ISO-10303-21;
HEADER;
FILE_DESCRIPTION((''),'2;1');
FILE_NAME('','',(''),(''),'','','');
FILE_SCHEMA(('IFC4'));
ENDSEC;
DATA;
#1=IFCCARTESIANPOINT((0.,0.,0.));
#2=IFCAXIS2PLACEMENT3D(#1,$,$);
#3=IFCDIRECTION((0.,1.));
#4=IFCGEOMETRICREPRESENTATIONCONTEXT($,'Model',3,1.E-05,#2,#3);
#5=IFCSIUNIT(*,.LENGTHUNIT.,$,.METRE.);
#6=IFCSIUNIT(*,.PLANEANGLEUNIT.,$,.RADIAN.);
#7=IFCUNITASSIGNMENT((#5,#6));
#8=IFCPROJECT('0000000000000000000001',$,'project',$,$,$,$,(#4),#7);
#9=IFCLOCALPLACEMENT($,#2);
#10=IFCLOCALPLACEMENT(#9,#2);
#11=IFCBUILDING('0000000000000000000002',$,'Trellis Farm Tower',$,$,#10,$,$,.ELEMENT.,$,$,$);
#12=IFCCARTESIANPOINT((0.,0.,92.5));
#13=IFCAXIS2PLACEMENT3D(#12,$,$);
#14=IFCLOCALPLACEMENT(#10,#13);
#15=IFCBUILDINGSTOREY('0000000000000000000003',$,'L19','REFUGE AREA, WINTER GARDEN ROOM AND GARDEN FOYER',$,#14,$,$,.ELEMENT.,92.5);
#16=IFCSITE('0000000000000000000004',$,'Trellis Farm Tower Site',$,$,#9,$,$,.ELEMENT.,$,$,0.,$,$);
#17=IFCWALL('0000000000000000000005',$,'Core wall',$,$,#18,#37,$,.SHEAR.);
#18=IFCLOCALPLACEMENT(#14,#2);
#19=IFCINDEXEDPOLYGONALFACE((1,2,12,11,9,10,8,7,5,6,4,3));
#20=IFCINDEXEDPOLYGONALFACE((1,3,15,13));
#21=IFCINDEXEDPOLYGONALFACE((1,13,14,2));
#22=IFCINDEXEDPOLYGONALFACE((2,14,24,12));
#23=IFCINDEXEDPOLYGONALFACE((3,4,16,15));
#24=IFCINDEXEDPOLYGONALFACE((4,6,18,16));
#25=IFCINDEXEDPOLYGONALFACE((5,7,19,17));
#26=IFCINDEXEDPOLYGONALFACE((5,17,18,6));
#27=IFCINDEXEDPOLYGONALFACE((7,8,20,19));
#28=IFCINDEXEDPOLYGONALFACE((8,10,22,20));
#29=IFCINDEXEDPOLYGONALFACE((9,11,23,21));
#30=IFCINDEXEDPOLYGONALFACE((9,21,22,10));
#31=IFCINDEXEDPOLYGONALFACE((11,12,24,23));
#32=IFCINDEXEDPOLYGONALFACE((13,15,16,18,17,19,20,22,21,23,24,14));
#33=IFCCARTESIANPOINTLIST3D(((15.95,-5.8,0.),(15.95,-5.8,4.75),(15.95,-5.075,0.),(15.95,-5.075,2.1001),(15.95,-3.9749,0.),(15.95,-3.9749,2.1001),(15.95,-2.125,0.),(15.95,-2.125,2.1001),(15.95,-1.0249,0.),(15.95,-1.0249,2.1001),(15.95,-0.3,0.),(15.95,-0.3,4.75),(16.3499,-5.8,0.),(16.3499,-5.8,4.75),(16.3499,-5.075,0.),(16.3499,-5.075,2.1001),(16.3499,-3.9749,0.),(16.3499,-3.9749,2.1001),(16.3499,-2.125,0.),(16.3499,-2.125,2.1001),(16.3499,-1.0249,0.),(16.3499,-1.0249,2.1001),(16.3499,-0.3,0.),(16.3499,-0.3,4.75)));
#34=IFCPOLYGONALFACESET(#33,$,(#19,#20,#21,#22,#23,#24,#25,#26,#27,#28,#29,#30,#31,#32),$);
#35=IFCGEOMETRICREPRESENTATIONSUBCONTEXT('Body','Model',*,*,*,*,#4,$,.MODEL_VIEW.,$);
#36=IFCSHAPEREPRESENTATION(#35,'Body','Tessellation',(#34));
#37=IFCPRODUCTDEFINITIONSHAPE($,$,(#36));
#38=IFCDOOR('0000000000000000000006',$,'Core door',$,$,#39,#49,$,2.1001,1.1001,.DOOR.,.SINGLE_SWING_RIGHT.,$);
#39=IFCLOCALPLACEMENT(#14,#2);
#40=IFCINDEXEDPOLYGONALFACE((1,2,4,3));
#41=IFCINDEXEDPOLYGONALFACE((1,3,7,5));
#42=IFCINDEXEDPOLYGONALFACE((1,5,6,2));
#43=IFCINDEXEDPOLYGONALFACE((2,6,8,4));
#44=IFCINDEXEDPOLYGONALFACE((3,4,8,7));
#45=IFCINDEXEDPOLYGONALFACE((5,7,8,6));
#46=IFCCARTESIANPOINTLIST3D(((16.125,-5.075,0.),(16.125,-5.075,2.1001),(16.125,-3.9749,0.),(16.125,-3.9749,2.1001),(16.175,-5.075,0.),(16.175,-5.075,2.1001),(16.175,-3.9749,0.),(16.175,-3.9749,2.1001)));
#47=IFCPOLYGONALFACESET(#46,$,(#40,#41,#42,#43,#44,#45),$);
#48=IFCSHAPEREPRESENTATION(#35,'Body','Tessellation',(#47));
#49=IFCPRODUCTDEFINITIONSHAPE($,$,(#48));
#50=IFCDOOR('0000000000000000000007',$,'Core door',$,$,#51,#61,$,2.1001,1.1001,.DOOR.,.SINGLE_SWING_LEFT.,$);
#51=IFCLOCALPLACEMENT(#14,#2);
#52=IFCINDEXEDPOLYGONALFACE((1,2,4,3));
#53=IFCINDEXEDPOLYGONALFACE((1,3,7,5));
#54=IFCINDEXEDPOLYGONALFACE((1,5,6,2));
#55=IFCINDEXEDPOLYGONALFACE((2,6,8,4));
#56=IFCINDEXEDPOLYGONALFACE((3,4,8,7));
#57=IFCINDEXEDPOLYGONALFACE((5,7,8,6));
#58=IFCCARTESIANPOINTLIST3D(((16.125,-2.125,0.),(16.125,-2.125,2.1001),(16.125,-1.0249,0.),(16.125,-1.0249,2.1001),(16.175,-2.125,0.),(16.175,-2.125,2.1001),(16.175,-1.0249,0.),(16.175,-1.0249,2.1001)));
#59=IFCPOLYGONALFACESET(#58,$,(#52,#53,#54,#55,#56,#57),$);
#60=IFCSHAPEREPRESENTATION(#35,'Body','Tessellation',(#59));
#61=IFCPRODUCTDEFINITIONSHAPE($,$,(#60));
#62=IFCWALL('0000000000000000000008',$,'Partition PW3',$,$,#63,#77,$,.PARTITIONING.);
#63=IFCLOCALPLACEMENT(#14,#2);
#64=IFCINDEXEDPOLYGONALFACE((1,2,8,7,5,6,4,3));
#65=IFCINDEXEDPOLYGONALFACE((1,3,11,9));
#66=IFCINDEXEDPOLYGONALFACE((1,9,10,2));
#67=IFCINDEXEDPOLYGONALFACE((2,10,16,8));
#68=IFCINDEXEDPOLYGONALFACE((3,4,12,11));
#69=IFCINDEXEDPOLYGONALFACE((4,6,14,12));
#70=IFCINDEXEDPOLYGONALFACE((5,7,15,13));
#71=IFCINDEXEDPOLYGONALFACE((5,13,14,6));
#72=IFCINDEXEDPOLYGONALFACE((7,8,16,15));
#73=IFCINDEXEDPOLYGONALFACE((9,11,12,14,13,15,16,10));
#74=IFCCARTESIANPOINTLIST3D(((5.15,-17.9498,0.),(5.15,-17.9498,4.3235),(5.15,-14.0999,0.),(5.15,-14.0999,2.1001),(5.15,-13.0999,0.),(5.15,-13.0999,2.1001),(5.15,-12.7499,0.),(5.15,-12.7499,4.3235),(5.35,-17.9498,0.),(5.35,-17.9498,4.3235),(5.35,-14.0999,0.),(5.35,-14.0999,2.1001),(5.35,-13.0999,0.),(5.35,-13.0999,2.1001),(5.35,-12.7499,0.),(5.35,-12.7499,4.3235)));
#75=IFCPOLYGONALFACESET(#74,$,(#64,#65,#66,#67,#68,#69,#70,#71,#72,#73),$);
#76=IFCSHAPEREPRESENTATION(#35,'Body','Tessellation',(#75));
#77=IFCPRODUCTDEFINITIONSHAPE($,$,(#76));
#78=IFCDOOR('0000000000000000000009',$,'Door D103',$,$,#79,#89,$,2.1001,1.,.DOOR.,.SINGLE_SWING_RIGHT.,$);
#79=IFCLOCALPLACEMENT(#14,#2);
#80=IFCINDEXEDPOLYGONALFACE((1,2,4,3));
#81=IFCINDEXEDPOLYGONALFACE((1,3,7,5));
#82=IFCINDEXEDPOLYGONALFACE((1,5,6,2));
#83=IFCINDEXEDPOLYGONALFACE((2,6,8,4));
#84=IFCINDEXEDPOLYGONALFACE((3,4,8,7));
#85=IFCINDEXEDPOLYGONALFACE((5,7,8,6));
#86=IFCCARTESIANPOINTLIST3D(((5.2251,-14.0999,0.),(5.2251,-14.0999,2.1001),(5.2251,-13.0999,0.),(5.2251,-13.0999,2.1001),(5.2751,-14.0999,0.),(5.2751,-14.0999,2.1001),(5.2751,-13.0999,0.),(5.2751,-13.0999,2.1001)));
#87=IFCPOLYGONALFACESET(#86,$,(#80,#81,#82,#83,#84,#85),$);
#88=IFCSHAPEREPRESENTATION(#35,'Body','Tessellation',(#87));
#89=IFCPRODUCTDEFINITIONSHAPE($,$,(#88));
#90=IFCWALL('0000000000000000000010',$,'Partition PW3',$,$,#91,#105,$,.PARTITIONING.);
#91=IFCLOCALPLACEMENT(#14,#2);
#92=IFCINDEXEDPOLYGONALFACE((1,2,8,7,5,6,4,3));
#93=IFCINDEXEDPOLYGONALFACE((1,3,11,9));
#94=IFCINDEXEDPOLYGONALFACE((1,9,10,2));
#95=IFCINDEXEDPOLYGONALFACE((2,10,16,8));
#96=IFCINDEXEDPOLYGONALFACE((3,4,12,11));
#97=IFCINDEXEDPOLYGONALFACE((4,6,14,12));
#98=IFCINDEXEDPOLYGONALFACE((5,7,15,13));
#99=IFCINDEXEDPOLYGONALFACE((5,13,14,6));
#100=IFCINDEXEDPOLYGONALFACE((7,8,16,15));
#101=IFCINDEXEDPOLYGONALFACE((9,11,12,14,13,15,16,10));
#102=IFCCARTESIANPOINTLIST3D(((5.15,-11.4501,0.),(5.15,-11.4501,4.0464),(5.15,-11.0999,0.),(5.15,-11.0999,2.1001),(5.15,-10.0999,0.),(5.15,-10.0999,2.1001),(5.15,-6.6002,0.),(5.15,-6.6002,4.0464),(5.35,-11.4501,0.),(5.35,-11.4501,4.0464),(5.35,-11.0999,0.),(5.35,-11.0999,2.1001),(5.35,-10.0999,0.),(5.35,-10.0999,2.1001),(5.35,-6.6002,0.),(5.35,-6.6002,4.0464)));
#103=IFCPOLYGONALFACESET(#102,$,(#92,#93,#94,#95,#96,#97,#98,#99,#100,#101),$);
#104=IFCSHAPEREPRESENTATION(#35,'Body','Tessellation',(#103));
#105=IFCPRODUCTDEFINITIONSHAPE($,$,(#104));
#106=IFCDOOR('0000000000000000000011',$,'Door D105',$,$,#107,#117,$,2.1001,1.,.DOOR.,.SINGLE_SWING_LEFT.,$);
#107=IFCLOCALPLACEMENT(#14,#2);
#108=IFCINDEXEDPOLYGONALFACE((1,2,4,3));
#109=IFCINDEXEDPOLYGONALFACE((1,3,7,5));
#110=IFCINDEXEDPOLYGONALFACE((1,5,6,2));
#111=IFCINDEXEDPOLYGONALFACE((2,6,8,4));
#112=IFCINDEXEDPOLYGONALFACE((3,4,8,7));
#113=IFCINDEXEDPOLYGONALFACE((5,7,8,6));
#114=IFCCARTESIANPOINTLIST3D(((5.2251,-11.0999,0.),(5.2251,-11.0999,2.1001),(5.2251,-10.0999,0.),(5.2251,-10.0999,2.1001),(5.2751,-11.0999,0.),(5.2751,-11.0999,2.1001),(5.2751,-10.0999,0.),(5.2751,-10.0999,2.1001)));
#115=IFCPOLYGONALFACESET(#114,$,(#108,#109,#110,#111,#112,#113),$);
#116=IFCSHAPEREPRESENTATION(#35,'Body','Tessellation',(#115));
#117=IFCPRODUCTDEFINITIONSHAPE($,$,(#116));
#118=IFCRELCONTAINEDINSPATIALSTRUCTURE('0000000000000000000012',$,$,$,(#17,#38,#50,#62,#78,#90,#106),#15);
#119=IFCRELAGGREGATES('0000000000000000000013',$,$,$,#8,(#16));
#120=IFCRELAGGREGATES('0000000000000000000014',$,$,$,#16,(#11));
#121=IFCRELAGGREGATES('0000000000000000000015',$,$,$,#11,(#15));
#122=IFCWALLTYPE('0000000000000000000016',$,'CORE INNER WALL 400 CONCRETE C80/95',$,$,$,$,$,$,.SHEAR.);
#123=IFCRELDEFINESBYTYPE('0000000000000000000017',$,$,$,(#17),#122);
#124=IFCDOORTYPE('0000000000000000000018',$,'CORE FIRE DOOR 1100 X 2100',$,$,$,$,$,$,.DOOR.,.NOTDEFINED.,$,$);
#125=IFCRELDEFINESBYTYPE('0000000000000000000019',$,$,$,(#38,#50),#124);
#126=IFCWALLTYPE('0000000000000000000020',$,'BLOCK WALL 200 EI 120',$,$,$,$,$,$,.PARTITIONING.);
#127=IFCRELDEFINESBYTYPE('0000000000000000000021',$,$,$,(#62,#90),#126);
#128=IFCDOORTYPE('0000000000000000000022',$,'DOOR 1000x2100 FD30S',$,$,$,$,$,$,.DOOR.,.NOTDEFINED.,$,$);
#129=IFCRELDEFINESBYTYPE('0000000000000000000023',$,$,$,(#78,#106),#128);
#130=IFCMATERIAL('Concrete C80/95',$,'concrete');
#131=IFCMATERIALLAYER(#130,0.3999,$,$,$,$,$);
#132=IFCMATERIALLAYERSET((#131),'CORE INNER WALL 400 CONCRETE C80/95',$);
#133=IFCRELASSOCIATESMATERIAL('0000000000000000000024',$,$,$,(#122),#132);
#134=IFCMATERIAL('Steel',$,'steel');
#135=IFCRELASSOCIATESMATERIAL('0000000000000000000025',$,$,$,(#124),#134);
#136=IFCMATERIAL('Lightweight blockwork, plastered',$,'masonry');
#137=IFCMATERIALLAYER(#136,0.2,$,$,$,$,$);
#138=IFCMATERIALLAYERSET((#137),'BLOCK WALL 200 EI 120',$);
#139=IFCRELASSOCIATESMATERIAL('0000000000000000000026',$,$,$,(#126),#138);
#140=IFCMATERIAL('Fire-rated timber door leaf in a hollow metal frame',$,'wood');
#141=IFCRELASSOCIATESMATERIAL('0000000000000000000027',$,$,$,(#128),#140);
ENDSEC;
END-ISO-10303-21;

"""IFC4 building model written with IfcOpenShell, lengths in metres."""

from ifc_helpers import new_model, si_unit, direction, frame, frame_2d, origin, place, context, subcontext, project, spatial, rectangle, extrude, source, transform, mapped, material, layer, layer_set, type_object, element, fill, save


model = new_model("IFC4")

# Units and contexts
model_context = context("Model", 3, precision=1e-05, world=origin(), true_north=direction((0.0, 1.0)))
body_context = subcontext(model_context, "Body", "Model", "MODEL_VIEW")
ifc_project = project(units=[si_unit("LENGTHUNIT", "METRE"), si_unit("PLANEANGLEUNIT", "RADIAN")], contexts=[model_context])

# Site, building, storey
site_placement = place(None, origin())
site = spatial("IfcSite", under=ifc_project, at=site_placement, Name="Trellis Farm Tower Site", CompositionType="ELEMENT", RefElevation=0.0)
building_placement = place(site_placement, origin())
building = spatial("IfcBuilding", under=site, at=building_placement, Name="Trellis Farm Tower", CompositionType="ELEMENT")
storey_placement = place(building_placement, frame((0.0, 0.0, 92.5)))
storey = spatial("IfcBuildingStorey", under=building, at=storey_placement, Name="L19", Description="REFUGE AREA, WINTER GARDEN ROOM AND GARDEN FOYER", CompositionType="ELEMENT", Elevation=92.5)

# Shared definitions
ifc_material_1 = material(Name="Concrete C80/95", Category="concrete")

# Shared definitions
ifc_material_2 = material(Name="Steel", Category="steel")

# Shared definitions
ifc_layer_1 = layer(ifc_material_1, 0.3999)
ifc_layer_set_1 = layer_set([ifc_layer_1], Name="CORE INNER WALL 400 CONCRETE C80/95")
wall_type_1 = type_object("IfcWallType", Name="CORE INNER WALL 400 CONCRETE C80/95", PredefinedType="SHEAR", material=ifc_layer_set_1)

# Wall, openings, doors
shared_shape_1 = source(origin(), body_context, "Body", "SweptSolid", [
    extrude(rectangle(XDim=5.5, YDim=0.3999, at=frame_2d((2.75, 0.0))), origin(), (0.0, 0.0, 1.0), 4.75),
])
wall_1_placement = place(storey_placement, frame((16.1499, -5.8, 0.0), z_axis=(0.0, 0.0, 1.0), x_axis=(0.0, 1.0, 0.0)))
wall_1 = element("IfcWall", 1, at=wall_1_placement, inside=storey, type_object=wall_type_1, Name="Core wall", PredefinedType="SHEAR", context=body_context, shape_type="MappedRepresentation", body=[
    mapped(shared_shape_1, transform((0.0, 0.0, 0.0))),
])
shared_shape_2 = source(origin(), body_context, "Body", "SweptSolid", [
    extrude(rectangle(XDim=1.1001, YDim=2.1001, at=frame_2d((0.55, 1.05))), frame((0.0, 0.21, 0.0), z_axis=(0.0, -1.0, 0.0), x_axis=(1.0, 0.0, 0.0)), (0.0, 0.0, 1.0), 0.4199),
])
opening_1_placement = place(wall_1_placement, frame((0.7251, 0.0, 0.0)))
opening_1 = element("IfcOpeningElement", 2, at=opening_1_placement, cuts=wall_1, PredefinedType="OPENING", context=body_context, shape_type="MappedRepresentation", body=[
    mapped(shared_shape_2, transform((0.0, 0.0, 0.0))),
])
opening_2_placement = place(wall_1_placement, frame((3.675, 0.0, 0.0)))
opening_2 = element("IfcOpeningElement", 3, at=opening_2_placement, cuts=wall_1, PredefinedType="OPENING", context=body_context, shape_type="MappedRepresentation", body=[
    mapped(shared_shape_2, transform((0.0, 0.0, 0.0))),
])
door_type_1 = type_object("IfcDoorType", Name="CORE FIRE DOOR 1100 X 2100", OperationType="NOTDEFINED", PredefinedType="DOOR", material=ifc_material_2)
shared_shape_3 = source(origin(), body_context, "Body", "SweptSolid", [
    extrude(rectangle(XDim=1.1001, YDim=2.1001, at=frame_2d((0.55, 1.05))), frame((0.0, 0.0249, 0.0), z_axis=(0.0, -1.0, 0.0), x_axis=(1.0, 0.0, 0.0)), (0.0, 0.0, 1.0), 0.05),
])
door_1_placement = place(opening_1_placement, origin())
door_1 = element("IfcDoor", 4, at=door_1_placement, inside=storey, type_object=door_type_1, Name="Core door", OperationType="SINGLE_SWING_RIGHT", OverallHeight=2.1001, OverallWidth=1.1001, PredefinedType="DOOR", context=body_context, shape_type="MappedRepresentation", body=[
    mapped(shared_shape_3, transform((0.0, 0.0, 0.0))),
])
fill(opening_1, door_1)
door_2_placement = place(opening_2_placement, origin())
door_2 = element("IfcDoor", 5, at=door_2_placement, inside=storey, type_object=door_type_1, Name="Core door", OperationType="SINGLE_SWING_LEFT", OverallHeight=2.1001, OverallWidth=1.1001, PredefinedType="DOOR", context=body_context, shape_type="MappedRepresentation", body=[
    mapped(shared_shape_3, transform((0.0, 0.0, 0.0))),
])
fill(opening_2, door_2)

# Walls, openings, doors
ifc_material_3 = material(Name="Lightweight blockwork, plastered", Category="masonry")
ifc_layer_2 = layer(ifc_material_3, 0.2)
ifc_layer_set_2 = layer_set([ifc_layer_2], Name="BLOCK WALL 200 EI 120")
wall_type_2 = type_object("IfcWallType", Name="BLOCK WALL 200 EI 120", PredefinedType="PARTITIONING", material=ifc_layer_set_2)
shared_shape_4 = source(origin(), body_context, "Body", "SweptSolid", [
    extrude(rectangle(XDim=5.2, YDim=0.2, at=frame_2d((2.6001, 0.0))), origin(), (0.0, 0.0, 1.0), 4.3235),
])
wall_2_placement = place(storey_placement, frame((5.25, -17.95, 0.0), z_axis=(0.0, 0.0, 1.0), x_axis=(0.0, 1.0, 0.0)))
wall_2 = element("IfcWall", 6, at=wall_2_placement, inside=storey, type_object=wall_type_2, Name="Partition PW3", PredefinedType="PARTITIONING", context=body_context, shape_type="MappedRepresentation", body=[
    mapped(shared_shape_4, transform((0.0, 0.0, 0.0))),
])
shared_shape_5 = source(origin(), body_context, "Body", "SweptSolid", [
    extrude(rectangle(XDim=1.0, YDim=2.1001, at=frame_2d((0.5, 1.05))), frame((0.0, 0.1101, 0.0), z_axis=(0.0, -1.0, 0.0), x_axis=(1.0, 0.0, 0.0)), (0.0, 0.0, 1.0), 0.2202),
])
opening_3_placement = place(wall_2_placement, frame((3.8501, 0.0, 0.0)))
opening_3 = element("IfcOpeningElement", 7, at=opening_3_placement, cuts=wall_2, PredefinedType="OPENING", context=body_context, shape_type="MappedRepresentation", body=[
    mapped(shared_shape_5, transform((0.0, 0.0, 0.0))),
])
ifc_material_4 = material(Name="Fire-rated timber door leaf in a hollow metal frame", Category="wood")
door_type_2 = type_object("IfcDoorType", Name="DOOR 1000x2100 FD30S", OperationType="NOTDEFINED", PredefinedType="DOOR", material=ifc_material_4)
shared_shape_6 = source(origin(), body_context, "Body", "SweptSolid", [
    extrude(rectangle(XDim=1.0, YDim=2.1001, at=frame_2d((0.5, 1.05))), frame((0.0, 0.0249, 0.0), z_axis=(0.0, -1.0, 0.0), x_axis=(1.0, 0.0, 0.0)), (0.0, 0.0, 1.0), 0.05),
])
door_3_placement = place(opening_3_placement, origin())
door_3 = element("IfcDoor", 8, at=door_3_placement, inside=storey, type_object=door_type_2, Name="Door D103", OperationType="SINGLE_SWING_RIGHT", OverallHeight=2.1001, OverallWidth=1.0, PredefinedType="DOOR", context=body_context, shape_type="MappedRepresentation", body=[
    mapped(shared_shape_6, transform((0.0, 0.0, 0.0))),
])
fill(opening_3, door_3)
shared_shape_7 = source(origin(), body_context, "Body", "SweptSolid", [
    extrude(rectangle(XDim=4.8499, YDim=0.2, at=frame_2d((2.4248, 0.0))), origin(), (0.0, 0.0, 1.0), 4.0464),
])
wall_3_placement = place(storey_placement, frame((5.25, -11.45, 0.0), z_axis=(0.0, 0.0, 1.0), x_axis=(0.0, 1.0, 0.0)))
wall_3 = element("IfcWall", 9, at=wall_3_placement, inside=storey, type_object=wall_type_2, Name="Partition PW3", PredefinedType="PARTITIONING", context=body_context, shape_type="MappedRepresentation", body=[
    mapped(shared_shape_7, transform((0.0, 0.0, 0.0))),
])
opening_4_placement = place(wall_3_placement, frame((0.3501, 0.0, 0.0)))
opening_4 = element("IfcOpeningElement", 10, at=opening_4_placement, cuts=wall_3, PredefinedType="OPENING", context=body_context, shape_type="MappedRepresentation", body=[
    mapped(shared_shape_5, transform((0.0, 0.0, 0.0))),
])
door_4_placement = place(opening_4_placement, origin())
door_4 = element("IfcDoor", 11, at=door_4_placement, inside=storey, type_object=door_type_2, Name="Door D105", OperationType="SINGLE_SWING_LEFT", OverallHeight=2.1001, OverallWidth=1.0, PredefinedType="DOOR", context=body_context, shape_type="MappedRepresentation", body=[
    mapped(shared_shape_6, transform((0.0, 0.0, 0.0))),
])
fill(opening_4, door_4)

save(model, "model.ifc")
